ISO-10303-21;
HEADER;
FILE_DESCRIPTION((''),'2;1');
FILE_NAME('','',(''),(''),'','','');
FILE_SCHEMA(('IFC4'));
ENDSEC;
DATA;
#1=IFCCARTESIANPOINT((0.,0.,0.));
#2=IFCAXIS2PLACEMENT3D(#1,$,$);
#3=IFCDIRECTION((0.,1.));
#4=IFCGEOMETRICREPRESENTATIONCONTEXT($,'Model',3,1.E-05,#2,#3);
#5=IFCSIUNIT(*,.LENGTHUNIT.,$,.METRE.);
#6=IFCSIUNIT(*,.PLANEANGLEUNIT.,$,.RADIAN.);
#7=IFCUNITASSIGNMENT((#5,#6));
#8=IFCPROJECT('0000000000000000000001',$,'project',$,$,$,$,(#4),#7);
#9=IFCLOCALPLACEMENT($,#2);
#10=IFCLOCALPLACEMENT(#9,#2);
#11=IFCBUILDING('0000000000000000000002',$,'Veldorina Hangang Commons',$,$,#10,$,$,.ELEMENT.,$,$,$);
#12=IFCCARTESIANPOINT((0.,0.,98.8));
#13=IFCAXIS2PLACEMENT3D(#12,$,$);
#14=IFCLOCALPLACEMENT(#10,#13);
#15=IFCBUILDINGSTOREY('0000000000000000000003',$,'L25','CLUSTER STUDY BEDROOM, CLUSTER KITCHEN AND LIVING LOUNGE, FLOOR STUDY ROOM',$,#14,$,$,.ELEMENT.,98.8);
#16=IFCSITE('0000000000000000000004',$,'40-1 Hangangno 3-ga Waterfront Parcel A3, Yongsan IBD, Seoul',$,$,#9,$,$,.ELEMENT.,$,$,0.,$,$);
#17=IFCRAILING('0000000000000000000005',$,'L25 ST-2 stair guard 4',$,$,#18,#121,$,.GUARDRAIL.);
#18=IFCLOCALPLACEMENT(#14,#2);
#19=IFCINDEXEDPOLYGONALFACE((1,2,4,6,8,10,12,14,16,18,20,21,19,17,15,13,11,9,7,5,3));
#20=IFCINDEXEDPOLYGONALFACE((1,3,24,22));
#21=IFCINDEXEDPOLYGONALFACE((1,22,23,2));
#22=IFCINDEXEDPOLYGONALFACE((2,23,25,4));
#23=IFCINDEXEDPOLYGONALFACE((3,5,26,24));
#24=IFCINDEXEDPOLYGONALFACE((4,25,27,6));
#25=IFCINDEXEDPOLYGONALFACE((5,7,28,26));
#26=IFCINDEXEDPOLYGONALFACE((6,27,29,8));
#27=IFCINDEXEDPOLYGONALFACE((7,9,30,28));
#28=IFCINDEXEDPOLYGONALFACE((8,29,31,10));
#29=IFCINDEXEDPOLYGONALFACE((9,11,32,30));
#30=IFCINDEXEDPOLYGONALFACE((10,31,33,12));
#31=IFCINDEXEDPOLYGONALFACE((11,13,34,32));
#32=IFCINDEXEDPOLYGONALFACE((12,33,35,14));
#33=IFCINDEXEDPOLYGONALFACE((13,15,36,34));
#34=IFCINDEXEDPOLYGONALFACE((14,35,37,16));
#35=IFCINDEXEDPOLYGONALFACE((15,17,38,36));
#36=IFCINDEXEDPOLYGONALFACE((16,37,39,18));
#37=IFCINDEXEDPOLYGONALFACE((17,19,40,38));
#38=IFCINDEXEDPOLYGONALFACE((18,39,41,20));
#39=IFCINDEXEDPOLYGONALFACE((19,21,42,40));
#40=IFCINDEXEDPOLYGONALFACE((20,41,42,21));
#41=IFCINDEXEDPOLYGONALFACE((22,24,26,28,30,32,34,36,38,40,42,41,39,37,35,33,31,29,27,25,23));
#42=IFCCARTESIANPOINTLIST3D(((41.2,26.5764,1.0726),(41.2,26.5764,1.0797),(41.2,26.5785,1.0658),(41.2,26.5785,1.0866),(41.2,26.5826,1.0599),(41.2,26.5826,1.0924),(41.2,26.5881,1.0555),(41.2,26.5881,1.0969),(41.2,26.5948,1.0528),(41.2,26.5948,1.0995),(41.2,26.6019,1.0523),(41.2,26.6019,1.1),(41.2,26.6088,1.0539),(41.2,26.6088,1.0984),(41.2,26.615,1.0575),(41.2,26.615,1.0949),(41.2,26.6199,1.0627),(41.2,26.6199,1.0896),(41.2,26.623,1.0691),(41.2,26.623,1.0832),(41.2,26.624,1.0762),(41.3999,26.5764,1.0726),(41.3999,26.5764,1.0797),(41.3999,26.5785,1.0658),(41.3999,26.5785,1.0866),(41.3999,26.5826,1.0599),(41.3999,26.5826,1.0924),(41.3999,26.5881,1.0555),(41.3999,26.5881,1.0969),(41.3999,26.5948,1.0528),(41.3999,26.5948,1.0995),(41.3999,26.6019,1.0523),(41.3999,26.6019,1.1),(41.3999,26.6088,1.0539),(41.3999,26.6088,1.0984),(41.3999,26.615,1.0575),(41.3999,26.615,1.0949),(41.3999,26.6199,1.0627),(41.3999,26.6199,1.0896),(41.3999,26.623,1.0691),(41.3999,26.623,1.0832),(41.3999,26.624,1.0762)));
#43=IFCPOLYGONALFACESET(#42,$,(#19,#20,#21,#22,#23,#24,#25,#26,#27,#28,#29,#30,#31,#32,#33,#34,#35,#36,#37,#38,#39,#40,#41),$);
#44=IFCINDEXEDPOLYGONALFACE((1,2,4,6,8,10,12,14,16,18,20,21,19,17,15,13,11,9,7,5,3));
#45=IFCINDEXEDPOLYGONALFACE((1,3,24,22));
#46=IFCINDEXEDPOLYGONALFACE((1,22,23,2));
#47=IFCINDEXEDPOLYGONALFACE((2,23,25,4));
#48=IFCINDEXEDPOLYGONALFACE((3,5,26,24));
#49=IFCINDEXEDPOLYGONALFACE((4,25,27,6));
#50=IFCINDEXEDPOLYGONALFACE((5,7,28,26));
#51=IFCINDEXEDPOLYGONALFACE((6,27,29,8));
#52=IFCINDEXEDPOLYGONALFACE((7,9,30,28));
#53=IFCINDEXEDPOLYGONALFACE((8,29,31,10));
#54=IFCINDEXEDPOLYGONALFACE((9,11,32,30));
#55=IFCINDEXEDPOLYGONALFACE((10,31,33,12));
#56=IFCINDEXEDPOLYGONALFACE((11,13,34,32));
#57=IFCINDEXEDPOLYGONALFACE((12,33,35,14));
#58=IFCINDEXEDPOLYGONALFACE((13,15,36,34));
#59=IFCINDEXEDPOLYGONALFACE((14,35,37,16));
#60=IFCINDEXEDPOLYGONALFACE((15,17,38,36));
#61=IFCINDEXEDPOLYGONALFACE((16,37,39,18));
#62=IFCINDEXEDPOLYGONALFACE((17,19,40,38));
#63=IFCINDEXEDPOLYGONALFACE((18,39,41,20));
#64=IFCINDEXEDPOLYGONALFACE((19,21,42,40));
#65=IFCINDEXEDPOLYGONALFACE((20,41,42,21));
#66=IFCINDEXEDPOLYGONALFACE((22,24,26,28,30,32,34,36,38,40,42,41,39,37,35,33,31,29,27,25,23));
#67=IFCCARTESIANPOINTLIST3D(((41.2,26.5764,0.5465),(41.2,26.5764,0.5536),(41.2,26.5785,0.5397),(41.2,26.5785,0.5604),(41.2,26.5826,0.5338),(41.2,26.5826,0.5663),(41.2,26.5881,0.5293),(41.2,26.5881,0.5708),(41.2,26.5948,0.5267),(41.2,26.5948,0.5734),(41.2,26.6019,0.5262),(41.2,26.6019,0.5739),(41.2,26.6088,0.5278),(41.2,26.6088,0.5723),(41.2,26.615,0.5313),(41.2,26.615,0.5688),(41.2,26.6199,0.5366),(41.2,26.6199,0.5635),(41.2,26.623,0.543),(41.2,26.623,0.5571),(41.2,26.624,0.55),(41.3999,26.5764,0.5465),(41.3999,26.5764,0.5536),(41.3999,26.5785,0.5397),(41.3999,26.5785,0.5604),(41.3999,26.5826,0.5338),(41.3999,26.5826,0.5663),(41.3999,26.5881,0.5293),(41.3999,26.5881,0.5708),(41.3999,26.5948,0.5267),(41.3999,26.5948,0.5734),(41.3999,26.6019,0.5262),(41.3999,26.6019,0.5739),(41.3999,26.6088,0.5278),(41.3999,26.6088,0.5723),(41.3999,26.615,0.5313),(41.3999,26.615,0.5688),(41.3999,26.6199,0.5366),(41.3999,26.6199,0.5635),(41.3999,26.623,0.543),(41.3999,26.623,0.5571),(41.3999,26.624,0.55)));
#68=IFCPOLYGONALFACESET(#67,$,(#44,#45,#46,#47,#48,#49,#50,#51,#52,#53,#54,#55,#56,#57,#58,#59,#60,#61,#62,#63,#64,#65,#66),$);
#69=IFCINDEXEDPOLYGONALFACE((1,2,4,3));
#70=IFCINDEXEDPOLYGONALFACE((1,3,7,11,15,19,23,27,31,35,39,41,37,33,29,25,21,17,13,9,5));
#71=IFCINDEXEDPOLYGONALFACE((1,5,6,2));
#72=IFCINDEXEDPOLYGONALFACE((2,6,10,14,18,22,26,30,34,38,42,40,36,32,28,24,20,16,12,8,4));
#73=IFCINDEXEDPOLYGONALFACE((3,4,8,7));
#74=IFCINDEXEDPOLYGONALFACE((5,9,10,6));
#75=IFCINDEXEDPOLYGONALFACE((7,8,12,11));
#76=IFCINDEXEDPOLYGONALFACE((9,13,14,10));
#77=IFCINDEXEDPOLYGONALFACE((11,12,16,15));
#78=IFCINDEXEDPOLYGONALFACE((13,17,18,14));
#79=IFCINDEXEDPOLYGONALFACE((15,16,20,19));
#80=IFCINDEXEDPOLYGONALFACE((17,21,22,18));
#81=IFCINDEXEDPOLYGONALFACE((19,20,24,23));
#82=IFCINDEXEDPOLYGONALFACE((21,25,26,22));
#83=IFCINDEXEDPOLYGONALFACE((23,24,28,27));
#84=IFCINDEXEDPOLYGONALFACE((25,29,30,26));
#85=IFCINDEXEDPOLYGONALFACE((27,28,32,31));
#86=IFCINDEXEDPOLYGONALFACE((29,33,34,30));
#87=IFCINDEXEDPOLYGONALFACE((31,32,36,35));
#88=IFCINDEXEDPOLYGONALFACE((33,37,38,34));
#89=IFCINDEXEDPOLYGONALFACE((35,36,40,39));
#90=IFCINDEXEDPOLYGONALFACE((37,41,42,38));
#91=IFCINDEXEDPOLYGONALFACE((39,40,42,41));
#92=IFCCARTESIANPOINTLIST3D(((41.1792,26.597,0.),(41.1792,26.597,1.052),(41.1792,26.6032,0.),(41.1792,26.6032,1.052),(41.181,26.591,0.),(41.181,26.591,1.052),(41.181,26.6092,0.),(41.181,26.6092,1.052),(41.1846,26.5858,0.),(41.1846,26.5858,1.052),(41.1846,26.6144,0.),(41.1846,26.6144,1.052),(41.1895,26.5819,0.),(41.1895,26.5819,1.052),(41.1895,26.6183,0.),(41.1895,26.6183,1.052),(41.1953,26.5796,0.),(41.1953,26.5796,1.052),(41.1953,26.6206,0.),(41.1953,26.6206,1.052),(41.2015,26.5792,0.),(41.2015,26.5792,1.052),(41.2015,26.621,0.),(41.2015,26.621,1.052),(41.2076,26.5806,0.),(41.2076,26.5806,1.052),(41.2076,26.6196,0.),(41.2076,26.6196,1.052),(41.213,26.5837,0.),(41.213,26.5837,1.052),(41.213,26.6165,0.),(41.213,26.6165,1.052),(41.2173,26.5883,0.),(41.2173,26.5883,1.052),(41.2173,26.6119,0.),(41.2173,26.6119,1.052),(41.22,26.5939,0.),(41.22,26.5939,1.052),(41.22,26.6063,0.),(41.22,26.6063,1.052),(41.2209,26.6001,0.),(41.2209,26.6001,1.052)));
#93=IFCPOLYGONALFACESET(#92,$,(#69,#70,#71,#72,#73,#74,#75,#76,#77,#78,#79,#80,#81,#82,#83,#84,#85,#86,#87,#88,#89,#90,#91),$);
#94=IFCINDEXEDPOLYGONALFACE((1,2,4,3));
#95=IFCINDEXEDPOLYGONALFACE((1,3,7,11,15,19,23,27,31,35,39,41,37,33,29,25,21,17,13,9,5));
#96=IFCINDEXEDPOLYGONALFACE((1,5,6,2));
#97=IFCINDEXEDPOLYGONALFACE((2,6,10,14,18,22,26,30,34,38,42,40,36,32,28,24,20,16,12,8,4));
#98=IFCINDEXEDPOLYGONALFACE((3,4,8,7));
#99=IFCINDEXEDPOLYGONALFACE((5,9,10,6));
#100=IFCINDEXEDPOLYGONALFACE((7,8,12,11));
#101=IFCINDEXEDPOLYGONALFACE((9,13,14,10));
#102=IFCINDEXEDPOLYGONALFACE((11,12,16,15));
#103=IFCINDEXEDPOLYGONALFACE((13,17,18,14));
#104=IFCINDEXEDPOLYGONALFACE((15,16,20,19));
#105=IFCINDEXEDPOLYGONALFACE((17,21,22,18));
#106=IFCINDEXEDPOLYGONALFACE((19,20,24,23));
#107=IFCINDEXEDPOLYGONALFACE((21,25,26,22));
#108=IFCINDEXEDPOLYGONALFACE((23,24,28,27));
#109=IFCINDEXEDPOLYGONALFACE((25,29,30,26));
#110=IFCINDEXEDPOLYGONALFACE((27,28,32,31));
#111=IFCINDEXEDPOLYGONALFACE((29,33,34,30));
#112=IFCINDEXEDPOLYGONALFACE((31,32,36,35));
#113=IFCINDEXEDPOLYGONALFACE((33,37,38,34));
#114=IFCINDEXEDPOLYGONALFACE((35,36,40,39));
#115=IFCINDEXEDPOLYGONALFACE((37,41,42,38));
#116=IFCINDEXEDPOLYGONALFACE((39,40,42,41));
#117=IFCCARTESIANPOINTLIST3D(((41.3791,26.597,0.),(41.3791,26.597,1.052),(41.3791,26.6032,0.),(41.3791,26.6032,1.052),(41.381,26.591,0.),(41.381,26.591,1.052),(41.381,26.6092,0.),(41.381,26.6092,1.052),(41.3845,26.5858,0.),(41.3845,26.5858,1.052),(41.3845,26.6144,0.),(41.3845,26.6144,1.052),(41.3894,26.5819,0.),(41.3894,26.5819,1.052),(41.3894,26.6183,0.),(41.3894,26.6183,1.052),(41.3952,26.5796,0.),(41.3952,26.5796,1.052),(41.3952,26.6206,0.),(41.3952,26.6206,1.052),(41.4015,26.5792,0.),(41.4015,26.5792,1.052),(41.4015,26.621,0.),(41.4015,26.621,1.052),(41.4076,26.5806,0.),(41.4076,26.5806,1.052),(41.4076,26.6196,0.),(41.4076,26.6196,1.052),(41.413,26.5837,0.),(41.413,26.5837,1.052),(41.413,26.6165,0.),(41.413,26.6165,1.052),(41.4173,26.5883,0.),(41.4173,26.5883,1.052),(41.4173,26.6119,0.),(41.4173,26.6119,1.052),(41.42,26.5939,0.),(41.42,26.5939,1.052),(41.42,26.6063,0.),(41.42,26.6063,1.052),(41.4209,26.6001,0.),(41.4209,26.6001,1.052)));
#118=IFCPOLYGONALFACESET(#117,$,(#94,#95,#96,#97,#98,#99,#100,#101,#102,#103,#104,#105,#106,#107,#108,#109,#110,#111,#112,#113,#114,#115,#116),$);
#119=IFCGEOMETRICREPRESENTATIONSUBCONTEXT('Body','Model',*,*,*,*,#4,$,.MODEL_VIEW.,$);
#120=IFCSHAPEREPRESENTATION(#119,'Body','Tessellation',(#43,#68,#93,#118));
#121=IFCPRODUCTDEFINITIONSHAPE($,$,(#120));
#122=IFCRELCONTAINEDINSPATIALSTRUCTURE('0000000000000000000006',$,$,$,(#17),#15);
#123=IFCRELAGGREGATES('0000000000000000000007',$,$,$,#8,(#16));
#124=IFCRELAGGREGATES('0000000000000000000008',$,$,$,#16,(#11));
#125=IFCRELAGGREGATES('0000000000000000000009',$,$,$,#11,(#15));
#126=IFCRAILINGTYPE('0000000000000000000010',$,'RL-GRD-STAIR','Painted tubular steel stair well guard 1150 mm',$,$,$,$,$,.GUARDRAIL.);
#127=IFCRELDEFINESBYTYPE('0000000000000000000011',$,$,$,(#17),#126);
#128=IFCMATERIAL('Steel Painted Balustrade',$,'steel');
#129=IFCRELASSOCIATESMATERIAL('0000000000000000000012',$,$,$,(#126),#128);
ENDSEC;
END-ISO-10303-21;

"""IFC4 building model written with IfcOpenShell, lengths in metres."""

from ifc_helpers import new_model, si_unit, direction, frame, origin, origin_2d, place, context, subcontext, project, spatial, circle, extrude, material, type_object, element, save


model = new_model("IFC4")

# Units and contexts
model_context = context("Model", 3, precision=1e-05, world=origin(), true_north=direction((0.0, 1.0)))
body_context = subcontext(model_context, "Body", "Model", "MODEL_VIEW")
ifc_project = project(units=[si_unit("LENGTHUNIT", "METRE"), si_unit("PLANEANGLEUNIT", "RADIAN")], contexts=[model_context])

# Site, building, storey
site_placement = place(None, origin())
site = spatial("IfcSite", under=ifc_project, at=site_placement, Name="40-1 Hangangno 3-ga Waterfront Parcel A3, Yongsan IBD, Seoul", CompositionType="ELEMENT", RefElevation=0.0)
building_placement = place(site_placement, origin())
building = spatial("IfcBuilding", under=site, at=building_placement, Name="Veldorina Hangang Commons", CompositionType="ELEMENT")
storey_placement = place(building_placement, frame((0.0, 0.0, 98.8)))
storey = spatial("IfcBuildingStorey", under=building, at=storey_placement, Name="L25", Description="CLUSTER STUDY BEDROOM, CLUSTER KITCHEN AND LIVING LOUNGE, FLOOR STUDY ROOM", CompositionType="ELEMENT", Elevation=98.8)

# Railing
ifc_material_1 = material(Name="Steel Painted Balustrade", Category="steel")
railing_type_1 = type_object("IfcRailingType", Name="RL-GRD-STAIR", Description="Painted tubular steel stair well guard 1150 mm", PredefinedType="GUARDRAIL", material=ifc_material_1)
railing_1_placement = place(storey_placement, frame((41.2, 26.6001, 0.0)))
element("IfcRailing", 1, at=railing_1_placement, inside=storey, type_object=railing_type_1, Name="L25 ST-2 stair guard 4", PredefinedType="GUARDRAIL", context=body_context, shape_type="SweptSolid", body=[
    extrude(circle(Radius=0.0239, at=origin_2d()), frame((0.0, 0.0, 1.0762), z_axis=(1.0, 0.0, 0.0), x_axis=(0.0, 1.0, 0.0)), (0.0, 0.0, 1.0), 0.2),
    extrude(circle(Radius=0.0239, at=origin_2d()), frame((0.0, 0.0, 0.55), z_axis=(1.0, 0.0, 0.0), x_axis=(0.0, 1.0, 0.0)), (0.0, 0.0, 1.0), 0.2),
    extrude(circle(Radius=0.021, at=origin_2d()), origin(), (0.0, 0.0, 1.0), 1.052),
    extrude(circle(Radius=0.021, at=origin_2d()), frame((0.2, 0.0, 0.0)), (0.0, 0.0, 1.0), 1.052),
])

save(model, "model.ifc")
